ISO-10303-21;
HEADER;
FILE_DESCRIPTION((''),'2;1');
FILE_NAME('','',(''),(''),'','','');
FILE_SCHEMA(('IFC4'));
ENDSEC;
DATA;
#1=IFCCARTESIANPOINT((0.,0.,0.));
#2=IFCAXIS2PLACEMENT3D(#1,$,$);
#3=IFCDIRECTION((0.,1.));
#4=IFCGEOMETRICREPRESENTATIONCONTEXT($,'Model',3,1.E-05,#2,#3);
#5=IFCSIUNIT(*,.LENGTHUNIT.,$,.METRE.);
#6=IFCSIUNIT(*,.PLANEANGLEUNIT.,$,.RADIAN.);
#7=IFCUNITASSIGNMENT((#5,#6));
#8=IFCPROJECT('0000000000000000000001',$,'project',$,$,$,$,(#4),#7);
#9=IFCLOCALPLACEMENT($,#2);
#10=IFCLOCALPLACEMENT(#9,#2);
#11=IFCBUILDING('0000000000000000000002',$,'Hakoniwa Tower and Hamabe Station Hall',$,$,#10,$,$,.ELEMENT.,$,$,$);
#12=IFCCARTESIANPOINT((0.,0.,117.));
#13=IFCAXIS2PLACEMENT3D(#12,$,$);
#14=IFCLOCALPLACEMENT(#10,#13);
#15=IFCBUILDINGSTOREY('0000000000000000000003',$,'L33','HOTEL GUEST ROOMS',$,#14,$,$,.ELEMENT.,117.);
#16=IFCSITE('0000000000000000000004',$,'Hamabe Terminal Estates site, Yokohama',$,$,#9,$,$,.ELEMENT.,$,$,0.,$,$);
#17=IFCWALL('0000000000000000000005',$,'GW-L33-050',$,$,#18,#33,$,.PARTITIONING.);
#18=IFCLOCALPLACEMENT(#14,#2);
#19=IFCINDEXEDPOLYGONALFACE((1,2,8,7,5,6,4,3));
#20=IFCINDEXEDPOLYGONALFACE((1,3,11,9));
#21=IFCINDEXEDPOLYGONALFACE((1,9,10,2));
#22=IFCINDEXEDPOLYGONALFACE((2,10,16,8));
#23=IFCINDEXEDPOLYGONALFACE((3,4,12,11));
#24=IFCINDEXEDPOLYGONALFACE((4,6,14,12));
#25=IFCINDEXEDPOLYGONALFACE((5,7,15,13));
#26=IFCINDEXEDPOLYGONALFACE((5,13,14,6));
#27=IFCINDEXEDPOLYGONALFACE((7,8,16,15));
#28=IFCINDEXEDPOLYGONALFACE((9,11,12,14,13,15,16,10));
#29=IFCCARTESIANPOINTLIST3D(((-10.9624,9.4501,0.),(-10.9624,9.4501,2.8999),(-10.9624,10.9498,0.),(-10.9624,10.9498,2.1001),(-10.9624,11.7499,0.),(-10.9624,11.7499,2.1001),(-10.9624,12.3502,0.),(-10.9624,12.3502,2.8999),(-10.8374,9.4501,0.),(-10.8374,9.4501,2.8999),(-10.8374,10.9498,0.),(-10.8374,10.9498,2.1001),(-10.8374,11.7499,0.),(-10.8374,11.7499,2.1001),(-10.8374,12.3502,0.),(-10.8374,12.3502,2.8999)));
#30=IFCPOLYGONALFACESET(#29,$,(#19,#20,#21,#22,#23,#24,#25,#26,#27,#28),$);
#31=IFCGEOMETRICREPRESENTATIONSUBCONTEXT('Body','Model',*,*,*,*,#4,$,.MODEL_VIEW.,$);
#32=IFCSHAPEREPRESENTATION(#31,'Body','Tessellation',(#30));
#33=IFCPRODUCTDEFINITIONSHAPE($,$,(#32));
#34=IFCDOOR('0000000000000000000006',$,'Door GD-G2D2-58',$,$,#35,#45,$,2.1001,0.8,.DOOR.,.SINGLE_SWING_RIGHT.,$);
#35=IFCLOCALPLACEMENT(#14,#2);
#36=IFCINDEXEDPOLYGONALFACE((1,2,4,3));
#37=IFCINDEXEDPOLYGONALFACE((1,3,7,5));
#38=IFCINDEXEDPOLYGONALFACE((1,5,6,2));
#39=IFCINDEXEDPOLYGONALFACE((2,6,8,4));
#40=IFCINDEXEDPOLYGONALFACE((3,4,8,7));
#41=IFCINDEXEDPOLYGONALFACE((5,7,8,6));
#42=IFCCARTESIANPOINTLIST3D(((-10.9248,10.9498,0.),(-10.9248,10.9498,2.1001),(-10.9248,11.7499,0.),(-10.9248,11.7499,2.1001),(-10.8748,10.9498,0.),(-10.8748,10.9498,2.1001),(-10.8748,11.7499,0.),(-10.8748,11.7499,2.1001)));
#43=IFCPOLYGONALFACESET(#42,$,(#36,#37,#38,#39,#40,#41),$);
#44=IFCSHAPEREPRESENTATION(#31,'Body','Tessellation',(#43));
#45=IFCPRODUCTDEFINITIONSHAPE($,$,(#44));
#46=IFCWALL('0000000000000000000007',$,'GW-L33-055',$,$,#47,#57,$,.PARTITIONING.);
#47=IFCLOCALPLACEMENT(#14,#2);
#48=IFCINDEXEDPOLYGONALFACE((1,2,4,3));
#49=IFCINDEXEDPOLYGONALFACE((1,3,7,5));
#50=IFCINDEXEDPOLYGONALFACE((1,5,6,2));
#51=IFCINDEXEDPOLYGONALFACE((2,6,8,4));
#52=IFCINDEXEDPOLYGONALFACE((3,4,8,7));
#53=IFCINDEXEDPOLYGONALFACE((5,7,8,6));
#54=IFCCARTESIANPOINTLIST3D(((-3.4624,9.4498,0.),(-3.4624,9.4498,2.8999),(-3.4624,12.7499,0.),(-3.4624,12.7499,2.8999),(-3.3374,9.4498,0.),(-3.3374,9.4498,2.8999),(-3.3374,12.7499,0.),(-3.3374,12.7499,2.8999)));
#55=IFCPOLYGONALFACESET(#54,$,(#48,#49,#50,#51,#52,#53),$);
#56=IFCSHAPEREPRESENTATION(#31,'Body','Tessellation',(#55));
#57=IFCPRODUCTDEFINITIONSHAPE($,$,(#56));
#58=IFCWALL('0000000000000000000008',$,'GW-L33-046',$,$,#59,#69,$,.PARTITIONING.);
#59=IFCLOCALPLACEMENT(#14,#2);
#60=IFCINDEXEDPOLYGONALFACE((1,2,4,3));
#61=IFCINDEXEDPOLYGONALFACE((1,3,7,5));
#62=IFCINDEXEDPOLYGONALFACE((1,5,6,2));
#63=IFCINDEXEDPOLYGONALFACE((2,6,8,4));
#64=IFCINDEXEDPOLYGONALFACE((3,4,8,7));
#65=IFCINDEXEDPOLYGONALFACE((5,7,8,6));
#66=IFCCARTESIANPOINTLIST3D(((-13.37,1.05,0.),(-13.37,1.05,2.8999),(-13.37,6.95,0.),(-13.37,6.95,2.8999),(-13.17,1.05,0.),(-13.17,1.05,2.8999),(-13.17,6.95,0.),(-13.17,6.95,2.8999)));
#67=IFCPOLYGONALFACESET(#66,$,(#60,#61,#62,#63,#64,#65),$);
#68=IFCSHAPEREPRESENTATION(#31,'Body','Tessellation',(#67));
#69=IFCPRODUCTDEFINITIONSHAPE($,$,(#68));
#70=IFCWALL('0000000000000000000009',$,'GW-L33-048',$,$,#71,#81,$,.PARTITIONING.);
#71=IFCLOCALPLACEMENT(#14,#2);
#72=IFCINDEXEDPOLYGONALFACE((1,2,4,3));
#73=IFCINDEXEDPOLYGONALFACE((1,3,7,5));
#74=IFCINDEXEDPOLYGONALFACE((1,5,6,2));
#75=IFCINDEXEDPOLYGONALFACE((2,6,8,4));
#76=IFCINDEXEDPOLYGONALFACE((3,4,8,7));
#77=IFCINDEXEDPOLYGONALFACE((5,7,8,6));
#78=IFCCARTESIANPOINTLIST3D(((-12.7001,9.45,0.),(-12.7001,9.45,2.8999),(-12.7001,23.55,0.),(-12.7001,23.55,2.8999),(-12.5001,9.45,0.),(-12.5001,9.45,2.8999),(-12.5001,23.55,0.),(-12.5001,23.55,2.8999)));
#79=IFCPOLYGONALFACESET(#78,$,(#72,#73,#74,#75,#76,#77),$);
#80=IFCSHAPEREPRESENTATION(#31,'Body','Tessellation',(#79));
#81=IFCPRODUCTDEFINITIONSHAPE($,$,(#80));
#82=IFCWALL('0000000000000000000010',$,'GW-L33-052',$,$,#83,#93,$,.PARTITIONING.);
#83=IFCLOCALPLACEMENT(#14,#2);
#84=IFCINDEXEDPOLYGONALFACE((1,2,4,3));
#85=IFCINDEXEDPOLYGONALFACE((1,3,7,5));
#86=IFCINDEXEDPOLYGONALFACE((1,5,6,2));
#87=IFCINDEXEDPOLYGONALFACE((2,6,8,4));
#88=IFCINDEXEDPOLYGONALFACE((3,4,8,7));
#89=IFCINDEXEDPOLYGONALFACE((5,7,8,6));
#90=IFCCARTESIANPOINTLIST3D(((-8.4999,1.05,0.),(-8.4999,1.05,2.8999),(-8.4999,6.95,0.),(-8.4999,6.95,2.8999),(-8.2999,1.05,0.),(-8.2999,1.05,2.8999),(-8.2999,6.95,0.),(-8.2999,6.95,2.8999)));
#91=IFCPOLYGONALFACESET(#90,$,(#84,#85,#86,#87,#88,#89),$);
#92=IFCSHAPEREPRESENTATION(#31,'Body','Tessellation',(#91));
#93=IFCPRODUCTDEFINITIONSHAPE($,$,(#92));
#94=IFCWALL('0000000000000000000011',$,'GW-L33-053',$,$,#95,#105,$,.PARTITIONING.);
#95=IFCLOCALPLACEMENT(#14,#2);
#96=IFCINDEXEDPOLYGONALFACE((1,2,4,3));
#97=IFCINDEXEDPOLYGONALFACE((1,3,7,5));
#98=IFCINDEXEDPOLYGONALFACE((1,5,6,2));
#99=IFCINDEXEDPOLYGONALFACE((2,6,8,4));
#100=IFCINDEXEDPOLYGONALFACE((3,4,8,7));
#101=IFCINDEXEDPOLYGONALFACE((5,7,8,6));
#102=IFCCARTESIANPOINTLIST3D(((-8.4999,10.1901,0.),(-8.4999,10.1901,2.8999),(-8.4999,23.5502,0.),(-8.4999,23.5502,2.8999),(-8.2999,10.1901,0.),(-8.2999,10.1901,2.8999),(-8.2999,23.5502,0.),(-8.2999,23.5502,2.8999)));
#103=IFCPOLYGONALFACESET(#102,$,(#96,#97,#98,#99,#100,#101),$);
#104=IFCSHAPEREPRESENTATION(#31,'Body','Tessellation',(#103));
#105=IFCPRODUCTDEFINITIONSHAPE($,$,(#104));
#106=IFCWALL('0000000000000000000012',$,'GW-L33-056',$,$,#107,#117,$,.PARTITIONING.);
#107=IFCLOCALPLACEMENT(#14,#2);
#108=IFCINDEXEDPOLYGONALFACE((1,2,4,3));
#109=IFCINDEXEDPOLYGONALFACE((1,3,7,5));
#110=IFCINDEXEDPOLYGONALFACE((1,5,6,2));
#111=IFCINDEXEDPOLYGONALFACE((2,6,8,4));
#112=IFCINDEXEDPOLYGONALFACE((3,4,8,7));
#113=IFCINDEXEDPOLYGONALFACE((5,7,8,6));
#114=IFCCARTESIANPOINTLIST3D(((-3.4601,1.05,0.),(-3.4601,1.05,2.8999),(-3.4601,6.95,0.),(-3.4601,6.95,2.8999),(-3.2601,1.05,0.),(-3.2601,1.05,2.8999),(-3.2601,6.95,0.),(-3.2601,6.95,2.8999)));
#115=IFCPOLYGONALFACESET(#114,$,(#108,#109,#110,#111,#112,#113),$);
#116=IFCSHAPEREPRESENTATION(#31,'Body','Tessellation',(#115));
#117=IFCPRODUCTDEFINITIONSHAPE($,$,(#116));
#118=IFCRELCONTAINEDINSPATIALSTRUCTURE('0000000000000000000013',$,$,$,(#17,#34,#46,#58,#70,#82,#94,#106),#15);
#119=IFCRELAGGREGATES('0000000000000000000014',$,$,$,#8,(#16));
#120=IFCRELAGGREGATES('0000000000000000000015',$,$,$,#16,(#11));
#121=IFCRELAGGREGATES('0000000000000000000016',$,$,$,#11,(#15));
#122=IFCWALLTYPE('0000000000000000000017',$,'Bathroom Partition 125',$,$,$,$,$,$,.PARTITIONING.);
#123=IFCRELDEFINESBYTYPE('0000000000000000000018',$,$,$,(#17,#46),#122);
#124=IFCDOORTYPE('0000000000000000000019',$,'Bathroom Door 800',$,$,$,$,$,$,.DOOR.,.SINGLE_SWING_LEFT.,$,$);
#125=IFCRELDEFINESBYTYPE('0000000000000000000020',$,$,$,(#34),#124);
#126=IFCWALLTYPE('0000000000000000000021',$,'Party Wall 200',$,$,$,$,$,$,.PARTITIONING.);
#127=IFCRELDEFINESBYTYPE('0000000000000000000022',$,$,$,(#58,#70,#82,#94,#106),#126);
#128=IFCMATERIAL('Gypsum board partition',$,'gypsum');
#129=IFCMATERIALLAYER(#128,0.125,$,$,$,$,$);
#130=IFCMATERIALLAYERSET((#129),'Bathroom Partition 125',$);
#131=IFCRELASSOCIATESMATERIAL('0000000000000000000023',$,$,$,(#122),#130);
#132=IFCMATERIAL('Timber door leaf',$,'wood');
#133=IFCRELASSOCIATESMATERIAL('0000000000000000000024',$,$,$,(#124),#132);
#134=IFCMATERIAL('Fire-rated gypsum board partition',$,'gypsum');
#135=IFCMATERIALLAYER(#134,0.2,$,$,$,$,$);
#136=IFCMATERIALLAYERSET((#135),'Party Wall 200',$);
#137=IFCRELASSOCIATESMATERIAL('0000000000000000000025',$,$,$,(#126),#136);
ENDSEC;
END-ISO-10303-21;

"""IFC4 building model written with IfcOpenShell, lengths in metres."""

from ifc_helpers import new_model, si_unit, direction, frame, frame_2d, origin, place, context, subcontext, project, spatial, rectangle, extrude, material, layer, layer_set, type_object, element, fill, save


model = new_model("IFC4")

# Units and contexts
model_context = context("Model", 3, precision=1e-05, world=origin(), true_north=direction((0.0, 1.0)))
body_context = subcontext(model_context, "Body", "Model", "MODEL_VIEW")
ifc_project = project(units=[si_unit("LENGTHUNIT", "METRE"), si_unit("PLANEANGLEUNIT", "RADIAN")], contexts=[model_context])

# Site, building, storey
site_placement = place(None, origin())
site = spatial("IfcSite", under=ifc_project, at=site_placement, Name="Hamabe Terminal Estates site, Yokohama", CompositionType="ELEMENT", RefElevation=0.0)
building_placement = place(site_placement, origin())
building = spatial("IfcBuilding", under=site, at=building_placement, Name="Hakoniwa Tower and Hamabe Station Hall", CompositionType="ELEMENT")
storey_placement = place(building_placement, frame((0.0, 0.0, 117.0)))
storey = spatial("IfcBuildingStorey", under=building, at=storey_placement, Name="L33", Description="HOTEL GUEST ROOMS", CompositionType="ELEMENT", Elevation=117.0)

# Shared definitions
ifc_material_1 = material(Name="Gypsum board partition", Category="gypsum")
ifc_layer_1 = layer(ifc_material_1, 0.125)
ifc_layer_set_1 = layer_set([ifc_layer_1], Name="Bathroom Partition 125")
wall_type_1 = type_object("IfcWallType", Name="Bathroom Partition 125", PredefinedType="PARTITIONING", material=ifc_layer_set_1)

# Wall, opening, door
ifc_material_2 = material(Name="Timber door leaf", Category="wood")
door_type = type_object("IfcDoorType", Name="Bathroom Door 800", OperationType="SINGLE_SWING_LEFT", PredefinedType="DOOR", material=ifc_material_2)
wall_1_placement = place(storey_placement, frame((-10.8999, 9.45, 0.0), z_axis=(0.0, 0.0, 1.0), x_axis=(0.0, 1.0, 0.0)))
wall_1 = element("IfcWall", 1, at=wall_1_placement, inside=storey, type_object=wall_type_1, Name="GW-L33-050", PredefinedType="PARTITIONING", context=body_context, shape_type="SweptSolid", body=[
    extrude(rectangle(XDim=2.9001, YDim=0.125, at=frame_2d((1.4502, 0.0))), origin(), (0.0, 0.0, 1.0), 2.8999),
])
opening_1_placement = place(wall_1_placement, frame((1.5, 0.0, 0.0)))
opening_1 = element("IfcOpeningElement", 2, at=opening_1_placement, cuts=wall_1, PredefinedType="OPENING", context=body_context, shape_type="SweptSolid", body=[
    extrude(rectangle(XDim=0.8, YDim=2.1001, at=frame_2d((0.3999, 1.05))), frame((0.0, 0.0725, 0.0), z_axis=(0.0, -1.0, 0.0), x_axis=(1.0, 0.0, 0.0)), (0.0, 0.0, 1.0), 0.145),
])
door_1_placement = place(opening_1_placement, origin())
door_1 = element("IfcDoor", 3, at=door_1_placement, inside=storey, type_object=door_type, Name="Door GD-G2D2-58", OperationType="SINGLE_SWING_RIGHT", OverallHeight=2.1001, OverallWidth=0.8, PredefinedType="DOOR", context=body_context, shape_type="SweptSolid", body=[
    extrude(rectangle(XDim=0.8, YDim=2.1001, at=frame_2d((0.3999, 1.05))), frame((0.0, 0.0249, 0.0), z_axis=(0.0, -1.0, 0.0), x_axis=(1.0, 0.0, 0.0)), (0.0, 0.0, 1.0), 0.05),
])
fill(opening_1, door_1)

# Walls
wall_2_placement = place(storey_placement, frame((-3.3999, 9.45, 0.0), z_axis=(0.0, 0.0, 1.0), x_axis=(0.0, 1.0, 0.0)))
element("IfcWall", 4, at=wall_2_placement, inside=storey, type_object=wall_type_1, Name="GW-L33-055", PredefinedType="PARTITIONING", context=body_context, shape_type="SweptSolid", body=[
    extrude(rectangle(XDim=3.3, YDim=0.125, at=frame_2d((1.6499, 0.0))), origin(), (0.0, 0.0, 1.0), 2.8999),
])
ifc_material_3 = material(Name="Fire-rated gypsum board partition", Category="gypsum")
ifc_layer_2 = layer(ifc_material_3, 0.2)
ifc_layer_set_2 = layer_set([ifc_layer_2], Name="Party Wall 200")
wall_type_2 = type_object("IfcWallType", Name="Party Wall 200", PredefinedType="PARTITIONING", material=ifc_layer_set_2)
wall_3_placement = place(storey_placement, frame((-13.27, 1.05, 0.0), z_axis=(0.0, 0.0, 1.0), x_axis=(0.0, 1.0, 0.0)))
element("IfcWall", 5, at=wall_3_placement, inside=storey, type_object=wall_type_2, Name="GW-L33-046", PredefinedType="PARTITIONING", context=body_context, shape_type="SweptSolid", body=[
    extrude(rectangle(XDim=5.8999, YDim=0.2, at=frame_2d((2.95, 0.0))), origin(), (0.0, 0.0, 1.0), 2.8999),
])
wall_4_placement = place(storey_placement, frame((-12.6001, 9.45, 0.0), z_axis=(0.0, 0.0, 1.0), x_axis=(0.0, 1.0, 0.0)))
element("IfcWall", 6, at=wall_4_placement, inside=storey, type_object=wall_type_2, Name="GW-L33-048", PredefinedType="PARTITIONING", context=body_context, shape_type="SweptSolid", body=[
    extrude(rectangle(XDim=14.1001, YDim=0.2, at=frame_2d((7.05, 0.0))), origin(), (0.0, 0.0, 1.0), 2.8999),
])
wall_5_placement = place(storey_placement, frame((-8.3999, 1.05, 0.0), z_axis=(0.0, 0.0, 1.0), x_axis=(0.0, 1.0, 0.0)))
element("IfcWall", 7, at=wall_5_placement, inside=storey, type_object=wall_type_2, Name="GW-L33-052", PredefinedType="PARTITIONING", context=body_context, shape_type="SweptSolid", body=[
    extrude(rectangle(XDim=5.8999, YDim=0.2, at=frame_2d((2.95, 0.0))), origin(), (0.0, 0.0, 1.0), 2.8999),
])
wall_6_placement = place(storey_placement, frame((-8.3999, 10.1899, 0.0), z_axis=(0.0, 0.0, 1.0), x_axis=(0.0, 1.0, 0.0)))
element("IfcWall", 8, at=wall_6_placement, inside=storey, type_object=wall_type_2, Name="GW-L33-053", PredefinedType="PARTITIONING", context=body_context, shape_type="SweptSolid", body=[
    extrude(rectangle(XDim=13.3601, YDim=0.2, at=frame_2d((6.6802, 0.0))), origin(), (0.0, 0.0, 1.0), 2.8999),
])
wall_7_placement = place(storey_placement, frame((-3.3601, 1.05, 0.0), z_axis=(0.0, 0.0, 1.0), x_axis=(0.0, 1.0, 0.0)))
element("IfcWall", 9, at=wall_7_placement, inside=storey, type_object=wall_type_2, Name="GW-L33-056", PredefinedType="PARTITIONING", context=body_context, shape_type="SweptSolid", body=[
    extrude(rectangle(XDim=5.8999, YDim=0.2, at=frame_2d((2.95, 0.0))), origin(), (0.0, 0.0, 1.0), 2.8999),
])

save(model, "model.ifc")
